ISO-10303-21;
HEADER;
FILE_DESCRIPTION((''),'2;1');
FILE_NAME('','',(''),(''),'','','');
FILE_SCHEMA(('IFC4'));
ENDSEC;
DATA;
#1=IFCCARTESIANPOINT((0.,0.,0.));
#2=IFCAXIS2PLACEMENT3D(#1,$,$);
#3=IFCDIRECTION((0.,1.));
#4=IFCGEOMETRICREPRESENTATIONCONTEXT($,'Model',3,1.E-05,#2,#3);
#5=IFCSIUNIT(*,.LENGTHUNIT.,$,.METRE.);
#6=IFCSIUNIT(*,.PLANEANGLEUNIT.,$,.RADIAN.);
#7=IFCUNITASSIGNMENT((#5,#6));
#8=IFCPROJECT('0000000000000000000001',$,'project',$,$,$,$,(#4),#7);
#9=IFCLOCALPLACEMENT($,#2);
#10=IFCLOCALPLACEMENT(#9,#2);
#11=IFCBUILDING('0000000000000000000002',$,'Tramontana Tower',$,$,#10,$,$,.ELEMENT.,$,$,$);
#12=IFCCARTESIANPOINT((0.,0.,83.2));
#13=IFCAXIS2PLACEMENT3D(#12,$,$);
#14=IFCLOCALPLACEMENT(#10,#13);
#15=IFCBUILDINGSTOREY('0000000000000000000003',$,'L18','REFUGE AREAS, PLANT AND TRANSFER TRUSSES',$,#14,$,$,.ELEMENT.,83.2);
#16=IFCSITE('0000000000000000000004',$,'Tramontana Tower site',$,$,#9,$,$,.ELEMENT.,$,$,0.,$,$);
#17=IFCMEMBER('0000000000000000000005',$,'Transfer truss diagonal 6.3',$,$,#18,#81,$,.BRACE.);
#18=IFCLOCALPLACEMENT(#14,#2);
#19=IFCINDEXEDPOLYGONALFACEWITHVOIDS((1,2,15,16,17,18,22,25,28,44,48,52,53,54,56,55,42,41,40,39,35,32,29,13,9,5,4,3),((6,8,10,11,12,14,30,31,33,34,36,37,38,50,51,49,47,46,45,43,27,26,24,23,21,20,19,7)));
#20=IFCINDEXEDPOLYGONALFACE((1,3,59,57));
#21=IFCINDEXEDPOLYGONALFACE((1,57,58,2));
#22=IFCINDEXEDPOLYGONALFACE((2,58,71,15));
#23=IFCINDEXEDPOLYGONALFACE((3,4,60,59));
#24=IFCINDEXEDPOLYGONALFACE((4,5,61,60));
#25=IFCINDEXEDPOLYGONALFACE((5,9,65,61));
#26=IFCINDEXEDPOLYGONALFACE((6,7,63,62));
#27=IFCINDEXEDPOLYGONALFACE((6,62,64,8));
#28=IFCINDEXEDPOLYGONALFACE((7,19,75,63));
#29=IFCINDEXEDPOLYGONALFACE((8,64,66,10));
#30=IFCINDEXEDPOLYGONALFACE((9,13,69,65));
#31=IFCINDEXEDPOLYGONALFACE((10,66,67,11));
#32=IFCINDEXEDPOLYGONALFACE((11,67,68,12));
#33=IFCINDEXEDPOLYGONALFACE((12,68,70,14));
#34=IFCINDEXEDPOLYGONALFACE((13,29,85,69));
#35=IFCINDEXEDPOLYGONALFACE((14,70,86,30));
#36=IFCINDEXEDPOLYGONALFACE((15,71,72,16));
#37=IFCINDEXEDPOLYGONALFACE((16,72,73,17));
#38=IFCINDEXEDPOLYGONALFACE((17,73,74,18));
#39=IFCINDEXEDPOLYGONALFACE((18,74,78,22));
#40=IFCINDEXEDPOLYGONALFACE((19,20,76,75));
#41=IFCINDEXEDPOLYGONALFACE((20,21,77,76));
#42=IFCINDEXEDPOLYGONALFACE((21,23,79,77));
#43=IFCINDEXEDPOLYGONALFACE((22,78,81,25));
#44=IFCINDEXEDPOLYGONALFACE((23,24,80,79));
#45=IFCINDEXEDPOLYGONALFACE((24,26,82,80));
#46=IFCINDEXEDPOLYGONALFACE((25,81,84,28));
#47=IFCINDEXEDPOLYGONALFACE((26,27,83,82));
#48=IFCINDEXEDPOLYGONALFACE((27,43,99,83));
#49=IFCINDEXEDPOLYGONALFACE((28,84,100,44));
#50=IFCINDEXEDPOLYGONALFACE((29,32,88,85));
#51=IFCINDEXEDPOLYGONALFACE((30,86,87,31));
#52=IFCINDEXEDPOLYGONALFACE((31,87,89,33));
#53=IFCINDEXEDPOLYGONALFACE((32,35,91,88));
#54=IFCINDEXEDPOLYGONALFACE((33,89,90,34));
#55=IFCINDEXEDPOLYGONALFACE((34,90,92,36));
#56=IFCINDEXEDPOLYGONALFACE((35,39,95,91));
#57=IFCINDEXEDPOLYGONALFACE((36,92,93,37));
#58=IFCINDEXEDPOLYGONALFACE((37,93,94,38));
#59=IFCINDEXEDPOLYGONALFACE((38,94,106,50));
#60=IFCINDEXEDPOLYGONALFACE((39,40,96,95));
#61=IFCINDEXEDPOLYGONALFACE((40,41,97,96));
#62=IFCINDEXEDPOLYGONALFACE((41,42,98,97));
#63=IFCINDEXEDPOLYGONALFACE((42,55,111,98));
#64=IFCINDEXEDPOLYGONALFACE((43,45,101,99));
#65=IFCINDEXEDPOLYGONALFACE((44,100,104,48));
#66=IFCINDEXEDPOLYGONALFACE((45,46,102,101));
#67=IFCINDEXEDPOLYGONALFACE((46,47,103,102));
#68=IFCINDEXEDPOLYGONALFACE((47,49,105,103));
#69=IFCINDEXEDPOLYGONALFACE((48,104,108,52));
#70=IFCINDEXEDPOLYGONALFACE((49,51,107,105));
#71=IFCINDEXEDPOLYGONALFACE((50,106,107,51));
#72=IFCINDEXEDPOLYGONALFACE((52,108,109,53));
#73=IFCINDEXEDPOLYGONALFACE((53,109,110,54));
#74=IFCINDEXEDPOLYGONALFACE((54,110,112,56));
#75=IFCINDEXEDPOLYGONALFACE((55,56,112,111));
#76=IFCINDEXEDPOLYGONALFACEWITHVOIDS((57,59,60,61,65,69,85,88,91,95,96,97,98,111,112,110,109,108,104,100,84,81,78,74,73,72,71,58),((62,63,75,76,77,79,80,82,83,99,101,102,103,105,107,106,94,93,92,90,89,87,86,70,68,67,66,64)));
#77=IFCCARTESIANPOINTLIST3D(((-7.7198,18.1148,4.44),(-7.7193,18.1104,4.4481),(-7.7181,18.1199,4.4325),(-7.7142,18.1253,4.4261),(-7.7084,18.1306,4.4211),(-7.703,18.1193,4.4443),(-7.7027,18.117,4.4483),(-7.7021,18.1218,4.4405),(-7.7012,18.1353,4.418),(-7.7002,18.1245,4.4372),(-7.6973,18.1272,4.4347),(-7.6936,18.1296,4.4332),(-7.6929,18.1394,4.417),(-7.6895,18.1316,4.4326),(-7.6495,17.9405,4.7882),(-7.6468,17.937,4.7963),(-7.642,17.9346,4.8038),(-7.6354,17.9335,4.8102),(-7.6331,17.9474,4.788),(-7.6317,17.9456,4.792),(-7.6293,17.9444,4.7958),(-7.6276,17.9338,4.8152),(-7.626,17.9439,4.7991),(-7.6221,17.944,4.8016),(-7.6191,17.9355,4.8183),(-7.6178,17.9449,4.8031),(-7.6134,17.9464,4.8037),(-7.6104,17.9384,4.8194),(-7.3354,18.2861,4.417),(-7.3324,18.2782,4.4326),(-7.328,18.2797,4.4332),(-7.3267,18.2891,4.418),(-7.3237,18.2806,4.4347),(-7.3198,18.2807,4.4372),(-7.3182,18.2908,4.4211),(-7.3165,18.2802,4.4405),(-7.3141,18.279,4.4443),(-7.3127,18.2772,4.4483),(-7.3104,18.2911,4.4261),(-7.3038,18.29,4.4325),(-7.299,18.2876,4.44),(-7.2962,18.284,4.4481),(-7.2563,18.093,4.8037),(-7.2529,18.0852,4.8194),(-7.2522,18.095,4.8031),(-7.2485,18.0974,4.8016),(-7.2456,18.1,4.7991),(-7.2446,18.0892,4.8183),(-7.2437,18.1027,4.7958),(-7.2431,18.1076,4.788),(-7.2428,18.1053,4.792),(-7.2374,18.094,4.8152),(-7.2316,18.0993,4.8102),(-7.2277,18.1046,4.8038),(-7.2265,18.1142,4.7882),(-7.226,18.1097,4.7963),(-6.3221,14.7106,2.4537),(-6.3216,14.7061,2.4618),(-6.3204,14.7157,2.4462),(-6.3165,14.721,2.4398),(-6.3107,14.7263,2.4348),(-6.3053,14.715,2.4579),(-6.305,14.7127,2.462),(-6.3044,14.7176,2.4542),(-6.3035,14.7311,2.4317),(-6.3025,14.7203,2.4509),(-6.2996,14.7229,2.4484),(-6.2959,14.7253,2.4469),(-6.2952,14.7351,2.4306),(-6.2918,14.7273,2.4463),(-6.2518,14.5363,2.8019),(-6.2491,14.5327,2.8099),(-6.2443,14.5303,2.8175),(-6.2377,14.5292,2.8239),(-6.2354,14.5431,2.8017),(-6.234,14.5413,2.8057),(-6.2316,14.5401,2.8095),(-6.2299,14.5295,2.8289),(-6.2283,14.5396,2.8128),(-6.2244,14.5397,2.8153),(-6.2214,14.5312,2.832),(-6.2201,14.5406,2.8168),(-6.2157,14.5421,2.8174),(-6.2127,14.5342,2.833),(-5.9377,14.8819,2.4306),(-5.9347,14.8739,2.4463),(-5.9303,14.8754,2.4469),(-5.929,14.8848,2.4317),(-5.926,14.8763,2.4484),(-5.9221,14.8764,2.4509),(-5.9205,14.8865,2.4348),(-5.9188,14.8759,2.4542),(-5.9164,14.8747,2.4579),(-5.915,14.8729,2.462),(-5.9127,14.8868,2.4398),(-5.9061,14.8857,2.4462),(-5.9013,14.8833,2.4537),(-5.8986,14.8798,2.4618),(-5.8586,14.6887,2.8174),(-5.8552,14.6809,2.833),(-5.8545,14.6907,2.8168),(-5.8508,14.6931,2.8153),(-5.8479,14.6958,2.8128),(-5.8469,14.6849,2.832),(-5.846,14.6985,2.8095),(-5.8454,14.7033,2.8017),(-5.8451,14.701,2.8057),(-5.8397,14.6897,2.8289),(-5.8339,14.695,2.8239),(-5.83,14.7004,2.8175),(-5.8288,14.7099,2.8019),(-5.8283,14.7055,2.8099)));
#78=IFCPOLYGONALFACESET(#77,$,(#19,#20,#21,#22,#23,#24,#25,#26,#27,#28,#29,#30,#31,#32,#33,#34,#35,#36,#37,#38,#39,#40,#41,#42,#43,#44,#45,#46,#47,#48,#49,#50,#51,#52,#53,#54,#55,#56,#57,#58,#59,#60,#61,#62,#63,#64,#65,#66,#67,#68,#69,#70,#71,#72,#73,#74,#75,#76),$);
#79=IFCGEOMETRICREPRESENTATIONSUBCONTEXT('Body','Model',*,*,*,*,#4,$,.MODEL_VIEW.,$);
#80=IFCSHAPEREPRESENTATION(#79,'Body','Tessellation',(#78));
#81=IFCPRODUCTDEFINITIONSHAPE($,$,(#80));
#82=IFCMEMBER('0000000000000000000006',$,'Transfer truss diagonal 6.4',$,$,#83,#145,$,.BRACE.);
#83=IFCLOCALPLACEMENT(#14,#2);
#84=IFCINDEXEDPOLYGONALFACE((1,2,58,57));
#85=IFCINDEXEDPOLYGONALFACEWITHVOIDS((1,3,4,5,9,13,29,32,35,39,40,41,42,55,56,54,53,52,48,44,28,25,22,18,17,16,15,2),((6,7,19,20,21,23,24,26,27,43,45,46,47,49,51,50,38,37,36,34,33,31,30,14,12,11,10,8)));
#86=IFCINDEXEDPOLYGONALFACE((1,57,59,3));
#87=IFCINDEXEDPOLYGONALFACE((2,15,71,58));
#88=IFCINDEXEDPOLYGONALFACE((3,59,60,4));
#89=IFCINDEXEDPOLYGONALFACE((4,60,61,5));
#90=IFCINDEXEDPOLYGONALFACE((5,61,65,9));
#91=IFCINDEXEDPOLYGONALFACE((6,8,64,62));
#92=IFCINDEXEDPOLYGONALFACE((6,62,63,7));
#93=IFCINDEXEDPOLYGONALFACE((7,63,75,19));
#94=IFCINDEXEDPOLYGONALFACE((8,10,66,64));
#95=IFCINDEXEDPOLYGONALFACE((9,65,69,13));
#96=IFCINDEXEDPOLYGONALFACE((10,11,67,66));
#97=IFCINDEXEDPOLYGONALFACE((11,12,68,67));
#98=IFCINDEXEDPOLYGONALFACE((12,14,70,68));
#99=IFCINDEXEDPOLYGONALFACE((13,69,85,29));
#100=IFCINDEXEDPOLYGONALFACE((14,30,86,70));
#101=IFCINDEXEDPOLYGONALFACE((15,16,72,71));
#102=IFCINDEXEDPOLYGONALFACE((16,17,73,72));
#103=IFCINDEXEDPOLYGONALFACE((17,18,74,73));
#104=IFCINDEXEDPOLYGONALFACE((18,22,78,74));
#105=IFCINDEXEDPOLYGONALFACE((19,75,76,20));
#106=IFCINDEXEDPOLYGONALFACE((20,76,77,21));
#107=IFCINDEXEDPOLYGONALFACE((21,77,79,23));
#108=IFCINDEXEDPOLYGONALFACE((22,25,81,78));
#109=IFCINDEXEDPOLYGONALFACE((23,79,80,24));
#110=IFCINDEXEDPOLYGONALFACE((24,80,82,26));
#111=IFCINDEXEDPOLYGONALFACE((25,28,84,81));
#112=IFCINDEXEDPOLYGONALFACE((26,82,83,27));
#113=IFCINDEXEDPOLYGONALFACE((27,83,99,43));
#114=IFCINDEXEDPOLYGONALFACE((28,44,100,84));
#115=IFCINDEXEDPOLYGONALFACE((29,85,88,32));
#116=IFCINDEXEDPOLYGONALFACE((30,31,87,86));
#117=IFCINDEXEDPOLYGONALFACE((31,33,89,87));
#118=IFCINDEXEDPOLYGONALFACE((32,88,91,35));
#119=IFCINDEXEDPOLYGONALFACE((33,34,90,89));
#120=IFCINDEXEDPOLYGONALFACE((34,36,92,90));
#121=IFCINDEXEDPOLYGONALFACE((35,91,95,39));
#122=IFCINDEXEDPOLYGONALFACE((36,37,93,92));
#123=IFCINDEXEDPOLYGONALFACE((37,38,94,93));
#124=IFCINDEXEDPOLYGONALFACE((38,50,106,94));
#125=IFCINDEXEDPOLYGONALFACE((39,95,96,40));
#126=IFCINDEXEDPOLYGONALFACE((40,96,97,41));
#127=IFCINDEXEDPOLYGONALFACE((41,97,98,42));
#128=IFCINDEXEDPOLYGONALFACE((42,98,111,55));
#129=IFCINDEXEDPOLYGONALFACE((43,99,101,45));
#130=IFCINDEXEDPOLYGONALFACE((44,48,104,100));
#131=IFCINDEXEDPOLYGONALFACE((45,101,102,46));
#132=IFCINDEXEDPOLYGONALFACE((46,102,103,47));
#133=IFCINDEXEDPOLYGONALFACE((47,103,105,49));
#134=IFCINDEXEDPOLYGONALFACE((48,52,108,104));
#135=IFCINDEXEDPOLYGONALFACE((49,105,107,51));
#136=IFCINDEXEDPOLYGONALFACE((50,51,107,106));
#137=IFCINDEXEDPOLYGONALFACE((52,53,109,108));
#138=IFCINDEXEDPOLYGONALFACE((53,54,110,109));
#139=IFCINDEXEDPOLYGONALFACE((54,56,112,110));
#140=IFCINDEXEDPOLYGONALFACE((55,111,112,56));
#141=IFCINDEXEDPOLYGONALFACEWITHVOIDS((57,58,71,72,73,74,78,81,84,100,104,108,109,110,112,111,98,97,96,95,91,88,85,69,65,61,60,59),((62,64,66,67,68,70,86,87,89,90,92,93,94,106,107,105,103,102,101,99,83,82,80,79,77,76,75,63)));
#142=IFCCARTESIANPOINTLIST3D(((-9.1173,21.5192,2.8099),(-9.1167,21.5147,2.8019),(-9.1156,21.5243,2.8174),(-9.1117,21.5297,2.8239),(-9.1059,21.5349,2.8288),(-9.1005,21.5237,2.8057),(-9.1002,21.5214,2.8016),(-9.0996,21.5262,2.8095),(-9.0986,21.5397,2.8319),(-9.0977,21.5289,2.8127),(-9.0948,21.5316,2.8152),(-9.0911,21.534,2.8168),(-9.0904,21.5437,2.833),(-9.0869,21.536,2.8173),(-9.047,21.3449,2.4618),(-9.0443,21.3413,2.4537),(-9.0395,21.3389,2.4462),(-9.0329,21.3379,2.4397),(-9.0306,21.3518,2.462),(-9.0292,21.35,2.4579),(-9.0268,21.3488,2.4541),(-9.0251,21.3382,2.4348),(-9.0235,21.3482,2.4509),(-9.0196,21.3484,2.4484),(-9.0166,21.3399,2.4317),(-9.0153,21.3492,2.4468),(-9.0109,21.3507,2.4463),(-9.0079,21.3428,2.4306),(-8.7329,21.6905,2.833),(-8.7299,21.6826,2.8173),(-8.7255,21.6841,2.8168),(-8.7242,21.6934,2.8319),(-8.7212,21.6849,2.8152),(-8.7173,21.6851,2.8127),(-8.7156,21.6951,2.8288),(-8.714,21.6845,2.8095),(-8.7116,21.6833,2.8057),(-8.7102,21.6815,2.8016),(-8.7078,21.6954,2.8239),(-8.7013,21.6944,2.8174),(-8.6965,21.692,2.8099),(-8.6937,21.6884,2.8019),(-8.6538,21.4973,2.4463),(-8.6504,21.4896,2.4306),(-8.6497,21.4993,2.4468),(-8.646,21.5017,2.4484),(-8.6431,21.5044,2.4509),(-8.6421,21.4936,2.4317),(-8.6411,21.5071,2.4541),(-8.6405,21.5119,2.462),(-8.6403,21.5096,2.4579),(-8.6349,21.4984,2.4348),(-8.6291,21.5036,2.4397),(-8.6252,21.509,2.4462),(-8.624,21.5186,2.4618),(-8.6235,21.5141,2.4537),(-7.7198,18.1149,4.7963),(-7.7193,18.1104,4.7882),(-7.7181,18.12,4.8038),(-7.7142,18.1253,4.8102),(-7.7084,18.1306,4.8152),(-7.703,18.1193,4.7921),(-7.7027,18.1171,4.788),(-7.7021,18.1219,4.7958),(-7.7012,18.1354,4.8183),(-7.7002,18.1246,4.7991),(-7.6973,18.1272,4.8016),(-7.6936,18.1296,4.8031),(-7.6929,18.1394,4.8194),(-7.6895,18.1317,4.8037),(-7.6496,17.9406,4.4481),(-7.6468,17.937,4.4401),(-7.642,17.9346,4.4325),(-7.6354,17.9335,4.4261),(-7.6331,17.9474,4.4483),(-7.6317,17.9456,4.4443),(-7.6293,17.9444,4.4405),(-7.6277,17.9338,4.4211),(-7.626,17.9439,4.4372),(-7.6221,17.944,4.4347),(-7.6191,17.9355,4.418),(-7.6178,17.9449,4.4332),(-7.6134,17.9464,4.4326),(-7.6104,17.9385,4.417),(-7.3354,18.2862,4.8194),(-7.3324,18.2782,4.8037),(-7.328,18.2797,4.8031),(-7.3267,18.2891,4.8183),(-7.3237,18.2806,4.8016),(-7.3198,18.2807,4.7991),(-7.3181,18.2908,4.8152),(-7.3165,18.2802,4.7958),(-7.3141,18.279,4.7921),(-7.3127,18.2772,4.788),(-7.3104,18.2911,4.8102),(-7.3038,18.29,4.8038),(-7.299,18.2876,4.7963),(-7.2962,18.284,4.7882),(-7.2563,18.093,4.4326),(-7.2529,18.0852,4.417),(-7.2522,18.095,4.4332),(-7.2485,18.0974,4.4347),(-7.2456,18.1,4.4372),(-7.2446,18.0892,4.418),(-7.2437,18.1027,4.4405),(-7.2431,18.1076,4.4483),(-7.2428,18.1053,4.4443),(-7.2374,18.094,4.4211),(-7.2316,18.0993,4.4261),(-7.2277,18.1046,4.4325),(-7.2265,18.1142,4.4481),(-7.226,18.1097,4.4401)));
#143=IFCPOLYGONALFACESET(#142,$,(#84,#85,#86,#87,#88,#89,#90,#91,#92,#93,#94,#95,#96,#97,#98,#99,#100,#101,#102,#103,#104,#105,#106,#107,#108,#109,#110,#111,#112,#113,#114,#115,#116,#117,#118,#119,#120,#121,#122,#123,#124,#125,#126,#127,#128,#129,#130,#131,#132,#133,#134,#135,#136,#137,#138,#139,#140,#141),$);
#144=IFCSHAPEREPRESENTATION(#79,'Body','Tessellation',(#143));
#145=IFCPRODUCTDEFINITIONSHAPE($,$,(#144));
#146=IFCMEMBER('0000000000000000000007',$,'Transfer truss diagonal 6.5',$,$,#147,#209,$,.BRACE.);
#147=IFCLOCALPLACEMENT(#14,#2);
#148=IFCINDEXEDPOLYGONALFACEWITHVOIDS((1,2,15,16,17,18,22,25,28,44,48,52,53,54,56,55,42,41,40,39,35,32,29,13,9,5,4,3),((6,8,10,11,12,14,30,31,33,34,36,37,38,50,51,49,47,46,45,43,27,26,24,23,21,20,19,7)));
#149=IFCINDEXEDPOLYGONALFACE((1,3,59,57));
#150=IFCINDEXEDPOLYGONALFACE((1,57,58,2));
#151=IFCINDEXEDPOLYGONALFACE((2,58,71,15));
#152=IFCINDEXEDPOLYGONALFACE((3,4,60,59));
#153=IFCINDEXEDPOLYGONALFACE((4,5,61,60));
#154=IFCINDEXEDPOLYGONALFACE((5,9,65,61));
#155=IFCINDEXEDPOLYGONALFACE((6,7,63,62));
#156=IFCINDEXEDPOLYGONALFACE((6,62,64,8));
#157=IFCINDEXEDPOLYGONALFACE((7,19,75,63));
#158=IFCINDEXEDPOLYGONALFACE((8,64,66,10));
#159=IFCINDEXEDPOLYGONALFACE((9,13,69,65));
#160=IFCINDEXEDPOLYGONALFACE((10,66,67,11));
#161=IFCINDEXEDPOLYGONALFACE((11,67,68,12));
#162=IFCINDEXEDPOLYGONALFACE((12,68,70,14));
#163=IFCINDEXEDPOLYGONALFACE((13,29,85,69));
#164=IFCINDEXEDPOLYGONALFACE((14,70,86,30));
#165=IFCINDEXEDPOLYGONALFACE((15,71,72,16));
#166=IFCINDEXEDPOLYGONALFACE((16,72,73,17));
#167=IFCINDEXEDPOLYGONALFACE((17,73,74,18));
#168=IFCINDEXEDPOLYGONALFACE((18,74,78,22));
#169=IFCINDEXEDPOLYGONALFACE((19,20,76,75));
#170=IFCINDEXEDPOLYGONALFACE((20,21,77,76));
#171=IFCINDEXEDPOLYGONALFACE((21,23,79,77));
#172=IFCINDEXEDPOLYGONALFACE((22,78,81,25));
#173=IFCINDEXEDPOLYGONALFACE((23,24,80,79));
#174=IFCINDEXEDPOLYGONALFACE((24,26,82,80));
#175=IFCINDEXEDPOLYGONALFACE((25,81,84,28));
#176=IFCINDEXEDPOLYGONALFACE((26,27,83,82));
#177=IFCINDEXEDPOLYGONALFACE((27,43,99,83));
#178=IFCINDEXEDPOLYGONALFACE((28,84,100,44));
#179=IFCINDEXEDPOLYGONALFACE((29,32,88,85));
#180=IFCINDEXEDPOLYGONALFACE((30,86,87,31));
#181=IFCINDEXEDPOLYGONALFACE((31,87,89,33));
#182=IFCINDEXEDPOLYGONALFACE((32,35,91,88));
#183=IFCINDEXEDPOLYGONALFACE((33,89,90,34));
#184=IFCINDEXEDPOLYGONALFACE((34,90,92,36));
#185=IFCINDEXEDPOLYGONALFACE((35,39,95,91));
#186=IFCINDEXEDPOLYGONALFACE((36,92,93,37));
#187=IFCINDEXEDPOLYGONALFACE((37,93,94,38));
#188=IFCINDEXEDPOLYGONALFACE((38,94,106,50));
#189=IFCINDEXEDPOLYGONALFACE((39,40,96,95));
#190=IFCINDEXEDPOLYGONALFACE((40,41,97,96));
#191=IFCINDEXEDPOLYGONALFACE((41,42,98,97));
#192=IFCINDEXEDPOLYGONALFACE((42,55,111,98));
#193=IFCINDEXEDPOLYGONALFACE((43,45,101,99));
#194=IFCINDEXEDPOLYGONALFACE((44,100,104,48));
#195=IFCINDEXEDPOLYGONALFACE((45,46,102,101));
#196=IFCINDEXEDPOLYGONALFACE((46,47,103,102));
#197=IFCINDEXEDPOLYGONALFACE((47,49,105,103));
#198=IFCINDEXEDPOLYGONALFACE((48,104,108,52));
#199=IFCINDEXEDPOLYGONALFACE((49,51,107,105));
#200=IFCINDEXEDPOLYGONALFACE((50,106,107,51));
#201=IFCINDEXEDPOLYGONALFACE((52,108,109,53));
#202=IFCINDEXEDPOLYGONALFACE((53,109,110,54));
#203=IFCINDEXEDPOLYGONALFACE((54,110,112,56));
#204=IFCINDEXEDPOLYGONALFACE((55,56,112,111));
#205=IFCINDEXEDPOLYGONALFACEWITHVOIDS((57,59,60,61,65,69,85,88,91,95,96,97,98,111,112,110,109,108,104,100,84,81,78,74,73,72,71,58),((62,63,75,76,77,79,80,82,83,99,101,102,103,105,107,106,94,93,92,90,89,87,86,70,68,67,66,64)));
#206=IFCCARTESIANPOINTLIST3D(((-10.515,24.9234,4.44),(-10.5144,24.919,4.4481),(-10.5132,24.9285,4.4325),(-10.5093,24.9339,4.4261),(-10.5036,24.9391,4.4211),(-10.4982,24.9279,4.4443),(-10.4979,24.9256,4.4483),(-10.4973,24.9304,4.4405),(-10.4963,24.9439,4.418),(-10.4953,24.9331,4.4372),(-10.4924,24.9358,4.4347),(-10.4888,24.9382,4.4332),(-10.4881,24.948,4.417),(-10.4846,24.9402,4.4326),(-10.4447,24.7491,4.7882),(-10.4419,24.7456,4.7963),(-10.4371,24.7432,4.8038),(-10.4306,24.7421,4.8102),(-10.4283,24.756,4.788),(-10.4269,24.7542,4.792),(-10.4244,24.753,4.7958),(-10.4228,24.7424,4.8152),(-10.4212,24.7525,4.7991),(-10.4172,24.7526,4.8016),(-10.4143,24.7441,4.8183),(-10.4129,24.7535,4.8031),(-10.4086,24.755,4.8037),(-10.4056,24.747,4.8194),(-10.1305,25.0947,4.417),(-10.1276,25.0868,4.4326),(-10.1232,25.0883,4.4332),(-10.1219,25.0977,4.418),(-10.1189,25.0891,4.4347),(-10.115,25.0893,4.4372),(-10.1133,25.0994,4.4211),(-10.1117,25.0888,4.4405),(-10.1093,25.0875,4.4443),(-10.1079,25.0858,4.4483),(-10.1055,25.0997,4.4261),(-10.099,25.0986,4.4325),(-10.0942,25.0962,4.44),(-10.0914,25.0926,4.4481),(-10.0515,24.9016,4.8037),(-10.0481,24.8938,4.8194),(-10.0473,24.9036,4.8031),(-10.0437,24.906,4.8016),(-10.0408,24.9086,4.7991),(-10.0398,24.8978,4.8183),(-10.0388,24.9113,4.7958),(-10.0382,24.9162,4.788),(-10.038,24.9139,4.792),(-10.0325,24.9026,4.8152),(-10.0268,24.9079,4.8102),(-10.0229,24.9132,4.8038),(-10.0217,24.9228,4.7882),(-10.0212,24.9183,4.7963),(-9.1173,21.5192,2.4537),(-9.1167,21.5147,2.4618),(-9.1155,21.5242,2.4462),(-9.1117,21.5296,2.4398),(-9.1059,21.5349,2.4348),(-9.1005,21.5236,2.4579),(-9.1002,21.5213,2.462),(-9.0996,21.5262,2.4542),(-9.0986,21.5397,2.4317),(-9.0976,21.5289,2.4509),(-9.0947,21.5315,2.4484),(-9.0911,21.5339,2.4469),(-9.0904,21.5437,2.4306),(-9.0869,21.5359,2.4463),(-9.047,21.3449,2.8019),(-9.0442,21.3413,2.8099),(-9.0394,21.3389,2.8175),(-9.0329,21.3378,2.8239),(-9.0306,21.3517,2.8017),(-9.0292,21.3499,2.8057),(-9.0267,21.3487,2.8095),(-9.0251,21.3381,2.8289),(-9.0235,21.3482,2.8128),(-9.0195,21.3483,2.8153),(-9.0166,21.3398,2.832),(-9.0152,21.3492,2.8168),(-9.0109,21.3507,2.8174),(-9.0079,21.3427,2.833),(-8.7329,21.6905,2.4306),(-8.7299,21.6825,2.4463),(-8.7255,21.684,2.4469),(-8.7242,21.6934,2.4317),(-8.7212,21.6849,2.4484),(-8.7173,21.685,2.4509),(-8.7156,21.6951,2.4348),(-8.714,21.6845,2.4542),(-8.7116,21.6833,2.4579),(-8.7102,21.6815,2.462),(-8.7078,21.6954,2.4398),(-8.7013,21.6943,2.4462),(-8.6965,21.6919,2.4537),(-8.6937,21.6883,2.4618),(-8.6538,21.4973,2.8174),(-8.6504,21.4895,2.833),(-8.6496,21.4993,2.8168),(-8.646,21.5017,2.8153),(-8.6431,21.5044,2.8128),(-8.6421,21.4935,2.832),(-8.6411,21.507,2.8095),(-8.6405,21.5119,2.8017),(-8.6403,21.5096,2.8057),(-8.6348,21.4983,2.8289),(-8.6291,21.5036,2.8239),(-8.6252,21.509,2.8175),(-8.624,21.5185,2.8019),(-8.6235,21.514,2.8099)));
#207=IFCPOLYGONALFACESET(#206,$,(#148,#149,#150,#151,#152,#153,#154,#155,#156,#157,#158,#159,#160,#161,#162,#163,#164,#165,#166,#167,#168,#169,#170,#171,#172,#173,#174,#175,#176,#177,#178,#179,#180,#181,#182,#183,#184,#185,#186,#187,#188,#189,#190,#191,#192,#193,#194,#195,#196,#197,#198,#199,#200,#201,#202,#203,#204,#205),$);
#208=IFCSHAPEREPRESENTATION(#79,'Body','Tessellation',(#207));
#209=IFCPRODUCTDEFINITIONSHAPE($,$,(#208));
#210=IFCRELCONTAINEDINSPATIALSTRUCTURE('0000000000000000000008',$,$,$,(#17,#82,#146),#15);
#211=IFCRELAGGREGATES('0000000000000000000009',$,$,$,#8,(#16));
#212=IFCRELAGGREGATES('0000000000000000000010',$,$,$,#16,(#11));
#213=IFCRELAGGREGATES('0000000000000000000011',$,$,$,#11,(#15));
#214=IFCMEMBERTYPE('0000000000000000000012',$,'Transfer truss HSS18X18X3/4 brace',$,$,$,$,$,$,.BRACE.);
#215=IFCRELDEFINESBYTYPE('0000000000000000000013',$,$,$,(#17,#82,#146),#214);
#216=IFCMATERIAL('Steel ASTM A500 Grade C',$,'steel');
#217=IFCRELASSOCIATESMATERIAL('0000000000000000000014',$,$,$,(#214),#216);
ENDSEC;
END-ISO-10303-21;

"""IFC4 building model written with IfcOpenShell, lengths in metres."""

from ifc_helpers import new_model, si_unit, direction, frame, origin, origin_2d, place, context, subcontext, project, spatial, hollow_rectangle, extrude, material, material_profile, profile_set, type_object, element, save


model = new_model("IFC4")

# Units and contexts
model_context = context("Model", 3, precision=1e-05, world=origin(), true_north=direction((0.0, 1.0)))
body_context = subcontext(model_context, "Body", "Model", "MODEL_VIEW")
ifc_project = project(units=[si_unit("LENGTHUNIT", "METRE"), si_unit("PLANEANGLEUNIT", "RADIAN")], contexts=[model_context])

# Site, building, storey
site_placement = place(None, origin())
site = spatial("IfcSite", under=ifc_project, at=site_placement, Name="Tramontana Tower site", CompositionType="ELEMENT", RefElevation=0.0)
building_placement = place(site_placement, origin())
building = spatial("IfcBuilding", under=site, at=building_placement, Name="Tramontana Tower", CompositionType="ELEMENT")
storey_placement = place(building_placement, frame((0.0, 0.0, 83.2)))
storey = spatial("IfcBuildingStorey", under=building, at=storey_placement, Name="L18", Description="REFUGE AREAS, PLANT AND TRANSFER TRUSSES", CompositionType="ELEMENT", Elevation=83.2)

# Members
ifc_material_1 = material(Name="Steel ASTM A500 Grade C", Category="steel")
ifc_material_profile_1 = material_profile(ifc_material_1, hollow_rectangle(XDim=0.4573, YDim=0.4573, WallThickness=0.0178, InnerFilletRadius=0.0178, OuterFilletRadius=0.0354, at=origin_2d()), Name="HSS18X18X3/4")
ifc_profile_set_1 = profile_set([ifc_material_profile_1], Name="Steel ASTM A500 Grade C")
member_type_1 = type_object("IfcMemberType", Name="Transfer truss HSS18X18X3/4 brace", PredefinedType="BRACE", material=ifc_profile_set_1)
for number, where, z_axis, x_axis, name in (
    (1, (-6.0752, 14.708, 2.6318), (-0.334227, 0.814054, 0.474982), (-0.925066, -0.379805, 0.0), "Transfer truss diagonal 6.3"),
    (2, (-7.4729, 18.1123, 4.6182), (-0.334175, 0.81407, -0.474991), (-0.92509, -0.379749, 0.0), "Transfer truss diagonal 6.4"),
    (3, (-8.8704, 21.5166, 2.6318), (-0.334227, 0.814054, 0.474982), (-0.925066, -0.379805, 0.0), "Transfer truss diagonal 6.5"),
):
    element("IfcMember", number, at=place(storey_placement, frame(where, z_axis=z_axis, x_axis=x_axis)), inside=storey, type_object=member_type_1, Name=name, PredefinedType="BRACE", context=body_context, shape_type="SweptSolid", body=[
        extrude(hollow_rectangle(XDim=0.4573, YDim=0.4573, WallThickness=0.0178, InnerFilletRadius=0.0178, OuterFilletRadius=0.0354, at=origin_2d()), origin(), (0.0, 0.0, 1.0), 4.1819),
    ])

save(model, "model.ifc")
